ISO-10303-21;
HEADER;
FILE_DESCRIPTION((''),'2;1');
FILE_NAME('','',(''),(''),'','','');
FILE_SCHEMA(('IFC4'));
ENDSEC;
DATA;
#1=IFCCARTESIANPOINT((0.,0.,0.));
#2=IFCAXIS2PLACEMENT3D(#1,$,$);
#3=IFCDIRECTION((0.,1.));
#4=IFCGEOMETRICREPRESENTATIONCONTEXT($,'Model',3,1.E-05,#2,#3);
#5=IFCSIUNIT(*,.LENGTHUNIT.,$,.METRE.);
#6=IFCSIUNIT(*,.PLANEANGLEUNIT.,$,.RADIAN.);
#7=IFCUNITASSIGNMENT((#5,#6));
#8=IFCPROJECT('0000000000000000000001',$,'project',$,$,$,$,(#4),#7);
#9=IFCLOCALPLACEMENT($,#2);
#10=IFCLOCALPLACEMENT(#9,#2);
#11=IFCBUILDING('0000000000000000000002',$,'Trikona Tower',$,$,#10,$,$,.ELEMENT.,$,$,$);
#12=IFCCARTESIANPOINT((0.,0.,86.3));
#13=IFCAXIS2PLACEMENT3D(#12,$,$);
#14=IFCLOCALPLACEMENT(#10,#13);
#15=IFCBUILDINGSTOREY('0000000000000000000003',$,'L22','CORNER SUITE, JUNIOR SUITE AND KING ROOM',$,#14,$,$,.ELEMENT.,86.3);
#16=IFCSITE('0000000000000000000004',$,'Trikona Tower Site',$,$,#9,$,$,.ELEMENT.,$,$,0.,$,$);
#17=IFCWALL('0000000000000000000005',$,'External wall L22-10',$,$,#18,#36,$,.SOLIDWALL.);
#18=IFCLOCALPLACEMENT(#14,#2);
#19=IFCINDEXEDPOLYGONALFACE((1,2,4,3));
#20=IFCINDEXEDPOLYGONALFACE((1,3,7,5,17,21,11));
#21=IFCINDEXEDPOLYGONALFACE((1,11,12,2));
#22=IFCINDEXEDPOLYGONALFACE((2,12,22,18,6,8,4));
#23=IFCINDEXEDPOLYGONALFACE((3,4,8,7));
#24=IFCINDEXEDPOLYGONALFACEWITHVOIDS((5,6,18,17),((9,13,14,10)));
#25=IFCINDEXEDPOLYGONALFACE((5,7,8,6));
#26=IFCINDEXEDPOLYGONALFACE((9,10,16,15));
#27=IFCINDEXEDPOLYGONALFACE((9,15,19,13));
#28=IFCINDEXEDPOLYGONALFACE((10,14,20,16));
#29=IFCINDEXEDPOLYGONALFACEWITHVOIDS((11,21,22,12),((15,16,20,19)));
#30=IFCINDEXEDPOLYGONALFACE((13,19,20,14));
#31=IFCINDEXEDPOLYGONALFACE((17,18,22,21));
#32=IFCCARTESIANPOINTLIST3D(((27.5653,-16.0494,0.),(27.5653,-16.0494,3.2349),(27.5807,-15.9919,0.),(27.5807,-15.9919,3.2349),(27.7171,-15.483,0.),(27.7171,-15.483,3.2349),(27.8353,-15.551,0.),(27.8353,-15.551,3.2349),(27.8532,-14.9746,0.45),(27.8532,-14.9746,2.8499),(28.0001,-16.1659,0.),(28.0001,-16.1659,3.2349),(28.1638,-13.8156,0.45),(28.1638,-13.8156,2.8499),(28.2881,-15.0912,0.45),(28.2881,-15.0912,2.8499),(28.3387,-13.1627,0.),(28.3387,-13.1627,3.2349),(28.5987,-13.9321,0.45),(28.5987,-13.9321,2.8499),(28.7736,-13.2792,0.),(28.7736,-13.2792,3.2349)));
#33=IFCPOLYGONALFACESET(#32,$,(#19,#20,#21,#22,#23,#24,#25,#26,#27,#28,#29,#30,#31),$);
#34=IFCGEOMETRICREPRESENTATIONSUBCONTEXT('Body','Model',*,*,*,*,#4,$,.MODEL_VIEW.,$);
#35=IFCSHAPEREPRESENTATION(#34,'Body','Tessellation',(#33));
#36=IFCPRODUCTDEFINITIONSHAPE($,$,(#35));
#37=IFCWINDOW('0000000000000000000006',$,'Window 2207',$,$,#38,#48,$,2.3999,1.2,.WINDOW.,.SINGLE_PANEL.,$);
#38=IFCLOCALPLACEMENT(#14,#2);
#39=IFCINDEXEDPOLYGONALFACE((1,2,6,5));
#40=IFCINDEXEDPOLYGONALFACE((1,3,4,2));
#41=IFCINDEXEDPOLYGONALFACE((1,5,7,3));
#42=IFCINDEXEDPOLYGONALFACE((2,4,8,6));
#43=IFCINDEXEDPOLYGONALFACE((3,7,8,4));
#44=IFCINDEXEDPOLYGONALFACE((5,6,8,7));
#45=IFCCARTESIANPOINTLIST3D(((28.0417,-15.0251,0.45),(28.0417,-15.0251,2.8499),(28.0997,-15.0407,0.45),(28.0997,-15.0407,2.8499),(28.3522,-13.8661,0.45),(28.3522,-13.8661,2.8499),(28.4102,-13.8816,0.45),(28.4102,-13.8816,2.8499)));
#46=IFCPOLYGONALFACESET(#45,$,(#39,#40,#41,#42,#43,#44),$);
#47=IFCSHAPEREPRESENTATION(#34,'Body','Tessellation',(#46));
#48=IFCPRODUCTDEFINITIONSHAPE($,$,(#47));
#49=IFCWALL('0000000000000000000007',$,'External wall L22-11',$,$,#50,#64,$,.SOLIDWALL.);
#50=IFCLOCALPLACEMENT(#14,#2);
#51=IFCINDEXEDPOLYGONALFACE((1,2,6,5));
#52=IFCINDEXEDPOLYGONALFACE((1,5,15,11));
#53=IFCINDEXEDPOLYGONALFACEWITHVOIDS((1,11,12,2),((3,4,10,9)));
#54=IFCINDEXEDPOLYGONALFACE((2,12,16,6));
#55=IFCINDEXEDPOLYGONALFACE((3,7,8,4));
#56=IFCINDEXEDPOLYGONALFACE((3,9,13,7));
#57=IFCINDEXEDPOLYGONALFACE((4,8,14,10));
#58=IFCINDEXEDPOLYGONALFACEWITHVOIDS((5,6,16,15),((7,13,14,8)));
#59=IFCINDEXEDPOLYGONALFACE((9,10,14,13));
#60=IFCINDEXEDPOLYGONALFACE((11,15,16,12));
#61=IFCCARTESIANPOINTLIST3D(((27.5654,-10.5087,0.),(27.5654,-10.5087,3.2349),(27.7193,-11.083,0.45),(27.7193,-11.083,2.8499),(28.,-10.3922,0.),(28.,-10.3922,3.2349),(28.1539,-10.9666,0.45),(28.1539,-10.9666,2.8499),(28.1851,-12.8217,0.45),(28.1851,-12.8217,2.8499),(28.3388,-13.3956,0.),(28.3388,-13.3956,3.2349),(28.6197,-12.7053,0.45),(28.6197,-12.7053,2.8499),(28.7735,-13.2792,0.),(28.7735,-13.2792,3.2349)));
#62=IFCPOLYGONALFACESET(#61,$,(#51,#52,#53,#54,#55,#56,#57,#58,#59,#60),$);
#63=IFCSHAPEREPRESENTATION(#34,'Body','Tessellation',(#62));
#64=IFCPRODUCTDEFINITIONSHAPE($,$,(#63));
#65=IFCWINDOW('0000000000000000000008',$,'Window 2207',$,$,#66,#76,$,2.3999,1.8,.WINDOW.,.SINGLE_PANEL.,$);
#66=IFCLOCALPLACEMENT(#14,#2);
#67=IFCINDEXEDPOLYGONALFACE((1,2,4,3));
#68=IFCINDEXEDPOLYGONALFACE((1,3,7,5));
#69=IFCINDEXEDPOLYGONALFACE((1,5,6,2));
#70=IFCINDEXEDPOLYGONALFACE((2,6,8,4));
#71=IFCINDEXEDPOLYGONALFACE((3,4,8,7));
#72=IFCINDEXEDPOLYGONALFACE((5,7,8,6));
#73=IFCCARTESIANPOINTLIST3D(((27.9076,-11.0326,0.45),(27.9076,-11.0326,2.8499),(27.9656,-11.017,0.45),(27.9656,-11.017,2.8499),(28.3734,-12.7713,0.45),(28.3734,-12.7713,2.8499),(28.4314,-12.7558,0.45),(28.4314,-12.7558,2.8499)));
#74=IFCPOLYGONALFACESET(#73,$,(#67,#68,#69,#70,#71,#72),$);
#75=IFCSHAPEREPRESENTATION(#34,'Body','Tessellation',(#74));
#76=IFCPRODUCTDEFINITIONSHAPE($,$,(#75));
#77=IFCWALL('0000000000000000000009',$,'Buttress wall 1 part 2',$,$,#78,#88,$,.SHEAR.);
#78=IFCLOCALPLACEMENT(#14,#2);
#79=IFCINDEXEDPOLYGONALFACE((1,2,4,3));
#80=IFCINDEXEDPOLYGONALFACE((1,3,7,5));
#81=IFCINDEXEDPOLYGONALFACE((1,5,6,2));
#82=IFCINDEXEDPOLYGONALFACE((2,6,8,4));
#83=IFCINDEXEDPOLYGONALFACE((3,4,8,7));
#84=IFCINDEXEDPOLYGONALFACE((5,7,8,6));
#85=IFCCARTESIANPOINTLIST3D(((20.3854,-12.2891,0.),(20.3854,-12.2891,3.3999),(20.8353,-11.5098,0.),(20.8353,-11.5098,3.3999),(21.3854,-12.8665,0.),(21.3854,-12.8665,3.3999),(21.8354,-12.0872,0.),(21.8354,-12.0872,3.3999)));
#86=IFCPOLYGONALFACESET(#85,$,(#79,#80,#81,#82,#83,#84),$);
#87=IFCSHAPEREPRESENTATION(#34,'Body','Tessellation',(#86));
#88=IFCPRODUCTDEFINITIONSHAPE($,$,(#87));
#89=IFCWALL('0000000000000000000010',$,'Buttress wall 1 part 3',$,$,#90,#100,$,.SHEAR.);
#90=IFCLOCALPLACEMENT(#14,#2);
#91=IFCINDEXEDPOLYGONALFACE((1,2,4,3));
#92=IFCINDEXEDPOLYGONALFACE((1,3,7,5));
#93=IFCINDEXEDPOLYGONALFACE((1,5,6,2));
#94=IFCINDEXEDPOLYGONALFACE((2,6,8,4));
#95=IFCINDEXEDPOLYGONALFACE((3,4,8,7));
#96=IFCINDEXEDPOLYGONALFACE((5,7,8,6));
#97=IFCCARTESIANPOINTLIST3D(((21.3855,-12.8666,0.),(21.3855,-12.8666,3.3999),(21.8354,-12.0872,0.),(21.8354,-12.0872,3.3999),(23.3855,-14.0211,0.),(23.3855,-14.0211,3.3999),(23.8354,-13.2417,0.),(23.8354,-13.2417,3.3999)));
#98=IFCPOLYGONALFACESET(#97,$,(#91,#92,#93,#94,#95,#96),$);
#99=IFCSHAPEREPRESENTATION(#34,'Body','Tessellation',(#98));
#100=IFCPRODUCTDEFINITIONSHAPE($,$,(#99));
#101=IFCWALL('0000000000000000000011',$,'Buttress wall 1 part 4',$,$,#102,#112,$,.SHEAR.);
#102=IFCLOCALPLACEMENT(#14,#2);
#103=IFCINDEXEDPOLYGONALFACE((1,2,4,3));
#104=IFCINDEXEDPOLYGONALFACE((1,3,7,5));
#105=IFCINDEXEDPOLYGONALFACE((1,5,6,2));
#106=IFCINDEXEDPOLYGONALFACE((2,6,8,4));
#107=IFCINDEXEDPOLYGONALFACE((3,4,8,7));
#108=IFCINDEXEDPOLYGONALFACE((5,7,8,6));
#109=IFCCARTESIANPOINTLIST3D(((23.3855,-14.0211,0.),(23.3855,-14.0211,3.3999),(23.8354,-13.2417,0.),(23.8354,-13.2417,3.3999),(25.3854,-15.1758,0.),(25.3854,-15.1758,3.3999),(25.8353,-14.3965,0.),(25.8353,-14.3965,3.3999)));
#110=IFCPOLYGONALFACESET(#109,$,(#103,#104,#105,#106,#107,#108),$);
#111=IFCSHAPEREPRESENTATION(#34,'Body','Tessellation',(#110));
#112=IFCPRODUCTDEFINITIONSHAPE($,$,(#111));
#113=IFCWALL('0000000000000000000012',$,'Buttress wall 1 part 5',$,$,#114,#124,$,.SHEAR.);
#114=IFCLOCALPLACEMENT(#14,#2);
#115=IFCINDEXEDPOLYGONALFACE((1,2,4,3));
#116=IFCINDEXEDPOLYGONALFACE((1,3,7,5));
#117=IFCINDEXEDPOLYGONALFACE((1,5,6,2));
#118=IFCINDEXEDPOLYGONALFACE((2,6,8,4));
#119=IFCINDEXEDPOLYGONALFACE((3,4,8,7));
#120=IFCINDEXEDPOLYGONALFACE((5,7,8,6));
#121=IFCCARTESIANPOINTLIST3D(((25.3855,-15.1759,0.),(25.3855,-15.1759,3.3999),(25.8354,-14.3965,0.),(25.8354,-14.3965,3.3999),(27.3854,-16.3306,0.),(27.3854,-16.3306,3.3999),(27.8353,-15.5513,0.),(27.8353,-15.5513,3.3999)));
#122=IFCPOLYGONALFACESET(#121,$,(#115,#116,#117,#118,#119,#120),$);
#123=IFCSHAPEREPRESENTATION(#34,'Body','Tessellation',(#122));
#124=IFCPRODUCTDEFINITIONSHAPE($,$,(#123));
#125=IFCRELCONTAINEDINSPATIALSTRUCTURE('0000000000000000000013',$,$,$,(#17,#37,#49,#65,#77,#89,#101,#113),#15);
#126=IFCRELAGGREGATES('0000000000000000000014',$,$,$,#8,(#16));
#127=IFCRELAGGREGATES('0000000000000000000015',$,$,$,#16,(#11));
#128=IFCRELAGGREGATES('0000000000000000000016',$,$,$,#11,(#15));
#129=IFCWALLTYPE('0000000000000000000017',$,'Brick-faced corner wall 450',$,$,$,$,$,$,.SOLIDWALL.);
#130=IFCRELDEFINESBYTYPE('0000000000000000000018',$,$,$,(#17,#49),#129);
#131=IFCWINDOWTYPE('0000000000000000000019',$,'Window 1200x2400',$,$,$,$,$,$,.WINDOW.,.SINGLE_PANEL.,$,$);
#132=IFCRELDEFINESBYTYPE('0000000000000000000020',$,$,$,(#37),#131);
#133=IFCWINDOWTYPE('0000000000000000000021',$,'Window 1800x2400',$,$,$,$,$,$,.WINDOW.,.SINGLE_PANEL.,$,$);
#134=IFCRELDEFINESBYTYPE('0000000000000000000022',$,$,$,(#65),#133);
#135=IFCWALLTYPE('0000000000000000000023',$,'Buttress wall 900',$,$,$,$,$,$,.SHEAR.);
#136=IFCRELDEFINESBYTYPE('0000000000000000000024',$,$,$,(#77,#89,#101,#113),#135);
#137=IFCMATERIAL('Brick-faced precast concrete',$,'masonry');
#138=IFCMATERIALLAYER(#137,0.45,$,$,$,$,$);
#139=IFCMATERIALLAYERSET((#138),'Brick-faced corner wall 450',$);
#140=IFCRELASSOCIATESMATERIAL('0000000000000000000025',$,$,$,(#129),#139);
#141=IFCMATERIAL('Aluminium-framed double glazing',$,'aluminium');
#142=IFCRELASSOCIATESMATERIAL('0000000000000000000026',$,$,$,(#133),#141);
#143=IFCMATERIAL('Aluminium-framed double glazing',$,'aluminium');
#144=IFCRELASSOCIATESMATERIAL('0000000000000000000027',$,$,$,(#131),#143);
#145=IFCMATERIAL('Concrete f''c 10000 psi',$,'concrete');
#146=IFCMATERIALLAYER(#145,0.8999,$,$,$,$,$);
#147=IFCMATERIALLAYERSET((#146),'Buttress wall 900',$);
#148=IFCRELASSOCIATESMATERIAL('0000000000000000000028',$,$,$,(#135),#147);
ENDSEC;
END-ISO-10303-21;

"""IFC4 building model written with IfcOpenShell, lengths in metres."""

from ifc_helpers import new_model, si_unit, direction, frame, frame_2d, origin, place, context, subcontext, project, spatial, polyline, rectangle, outline, extrude, material, layer, layer_set, type_object, element, fill, save


model = new_model("IFC4")

# Units and contexts
model_context = context("Model", 3, precision=1e-05, world=origin(), true_north=direction((0.0, 1.0)))
body_context = subcontext(model_context, "Body", "Model", "MODEL_VIEW")
ifc_project = project(units=[si_unit("LENGTHUNIT", "METRE"), si_unit("PLANEANGLEUNIT", "RADIAN")], contexts=[model_context])

# Site, building, storey
site_placement = place(None, origin())
site = spatial("IfcSite", under=ifc_project, at=site_placement, Name="Trikona Tower Site", CompositionType="ELEMENT", RefElevation=0.0)
building_placement = place(site_placement, origin())
building = spatial("IfcBuilding", under=site, at=building_placement, Name="Trikona Tower", CompositionType="ELEMENT")
storey_placement = place(building_placement, frame((0.0, 0.0, 86.3)))
storey = spatial("IfcBuildingStorey", under=building, at=storey_placement, Name="L22", Description="CORNER SUITE, JUNIOR SUITE AND KING ROOM", CompositionType="ELEMENT", Elevation=86.3)

# Walls, openings, windows
ifc_material_1 = material(Name="Brick-faced precast concrete", Category="masonry")
ifc_layer_1 = layer(ifc_material_1, 0.45)
ifc_layer_set_1 = layer_set([ifc_layer_1], Name="Brick-faced corner wall 450")
wall_type_1 = type_object("IfcWallType", Name="Brick-faced corner wall 450", PredefinedType="SOLIDWALL", material=ifc_layer_set_1)
ifc_material_2 = material(Name="Aluminium-framed double glazing", Category="aluminium")
window_type_1 = type_object("IfcWindowType", Name="Window 1800x2400", PartitioningType="SINGLE_PANEL", PredefinedType="WINDOW", material=ifc_material_2)
ifc_material_3 = material(Name="Aluminium-framed double glazing", Category="aluminium")
window_type_2 = type_object("IfcWindowType", Name="Window 1200x2400", PartitioningType="SINGLE_PANEL", PredefinedType="WINDOW", material=ifc_material_3)
wall_1_placement = place(storey_placement, frame((27.7827, -16.1077, 0.0), z_axis=(0.0, 0.0, 1.0), x_axis=(0.258801, 0.965931, 0.0)))
wall_1 = element("IfcWall", 1, at=wall_1_placement, inside=storey, type_object=wall_type_1, Name="External wall L22-10", PredefinedType="SOLIDWALL", context=body_context, shape_type="SweptSolid", body=[
    extrude(outline(polyline([(2.9885, 0.2251), (0.5864, 0.2251), (0.5513, 0.0933), (0.0596, 0.2251), (0.0, 0.2251), (0.0, -0.2251), (2.9885, -0.2251), (2.9885, 0.2251)])), origin(), (0.0, 0.0, 1.0), 3.2349),
])
opening_1_placement = place(wall_1_placement, frame((1.1125, 0.0, 0.45)))
opening_1 = element("IfcOpeningElement", 2, at=opening_1_placement, cuts=wall_1, PredefinedType="OPENING", context=body_context, shape_type="SweptSolid", body=[
    extrude(rectangle(XDim=1.2, YDim=2.3999, at=frame_2d((0.6001, 1.2))), frame((0.0, 0.2349, 0.0), z_axis=(0.0, -1.0, 0.0), x_axis=(1.0, 0.0, 0.0)), (0.0, 0.0, 1.0), 0.47),
])
window_1_placement = place(opening_1_placement, origin())
window_1 = element("IfcWindow", 3, at=window_1_placement, inside=storey, type_object=window_type_2, Name="Window 2207", OverallHeight=2.3999, OverallWidth=1.2, PartitioningType="SINGLE_PANEL", PredefinedType="WINDOW", context=body_context, shape_type="SweptSolid", body=[
    extrude(rectangle(XDim=1.2, YDim=2.3999, at=frame_2d((0.6001, 1.2))), frame((0.0, 0.03, 0.0), z_axis=(0.0, -1.0, 0.0), x_axis=(1.0, 0.0, 0.0)), (0.0, 0.0, 1.0), 0.0601),
])
fill(opening_1, window_1)
wall_2_placement = place(storey_placement, frame((28.5562, -13.3374, 0.0), z_axis=(0.0, 0.0, 1.0), x_axis=(-0.258781, 0.965936, 0.0)))
wall_2 = element("IfcWall", 4, at=wall_2_placement, inside=storey, type_object=wall_type_1, Name="External wall L22-11", PredefinedType="SOLIDWALL", context=body_context, shape_type="SweptSolid", body=[
    extrude(rectangle(XDim=2.9888, YDim=0.45, at=frame_2d((1.4944, 0.0))), origin(), (0.0, 0.0, 1.0), 3.2349),
])
opening_2_placement = place(wall_2_placement, frame((0.5942, 0.0, 0.45)))
opening_2 = element("IfcOpeningElement", 5, at=opening_2_placement, cuts=wall_2, PredefinedType="OPENING", context=body_context, shape_type="SweptSolid", body=[
    extrude(rectangle(XDim=1.8, YDim=2.3999, at=frame_2d((0.8999, 1.2))), frame((0.0, 0.2349, 0.0), z_axis=(0.0, -1.0, 0.0), x_axis=(1.0, 0.0, 0.0)), (0.0, 0.0, 1.0), 0.47),
])
window_2_placement = place(opening_2_placement, origin())
window_2 = element("IfcWindow", 6, at=window_2_placement, inside=storey, type_object=window_type_1, Name="Window 2207", OverallHeight=2.3999, OverallWidth=1.8, PartitioningType="SINGLE_PANEL", PredefinedType="WINDOW", context=body_context, shape_type="SweptSolid", body=[
    extrude(rectangle(XDim=1.8, YDim=2.3999, at=frame_2d((0.8999, 1.2))), frame((0.0, 0.03, 0.0), z_axis=(0.0, -1.0, 0.0), x_axis=(1.0, 0.0, 0.0)), (0.0, 0.0, 1.0), 0.0601),
])
fill(opening_2, window_2)

# Walls
ifc_material_4 = material(Name="Concrete f'c 10000 psi", Category="concrete")
ifc_layer_2 = layer(ifc_material_4, 0.8999)
ifc_layer_set_2 = layer_set([ifc_layer_2], Name="Buttress wall 900")
wall_type_2 = type_object("IfcWallType", Name="Buttress wall 900", PredefinedType="SHEAR", material=ifc_layer_set_2)
wall_3_placement = place(storey_placement, frame((20.6104, -11.8994, 0.0), z_axis=(0.0, 0.0, 1.0), x_axis=(0.86601, -0.500027, 0.0)))
element("IfcWall", 7, at=wall_3_placement, inside=storey, type_object=wall_type_2, Name="Buttress wall 1 part 2", PredefinedType="SHEAR", context=body_context, shape_type="SweptSolid", body=[
    extrude(rectangle(XDim=1.1548, YDim=0.8999, at=frame_2d((0.5774, 0.0))), origin(), (0.0, 0.0, 1.0), 3.3999),
])
for number, where, z_axis, x_axis, name in (
    (8, (21.6104, -12.4768, 0.0), (0.0, 0.0, 1.0), (0.866055, -0.499948, 0.0), "Buttress wall 1 part 3"),
    (9, (23.6104, -13.6313, 0.0), (0.0, 0.0, 1.0), (0.86601, -0.500027, 0.0), "Buttress wall 1 part 4"),
    (10, (25.6104, -14.7861, 0.0), (0.0, 0.0, 1.0), (0.86601, -0.500027, 0.0), "Buttress wall 1 part 5"),
):
    element("IfcWall", number, at=place(storey_placement, frame(where, z_axis=z_axis, x_axis=x_axis)), inside=storey, type_object=wall_type_2, Name=name, PredefinedType="SHEAR", context=body_context, shape_type="SweptSolid", body=[
        extrude(rectangle(XDim=2.3093, YDim=0.8999, at=frame_2d((1.1548, 0.0))), origin(), (0.0, 0.0, 1.0), 3.3999),
    ])

save(model, "model.ifc")
